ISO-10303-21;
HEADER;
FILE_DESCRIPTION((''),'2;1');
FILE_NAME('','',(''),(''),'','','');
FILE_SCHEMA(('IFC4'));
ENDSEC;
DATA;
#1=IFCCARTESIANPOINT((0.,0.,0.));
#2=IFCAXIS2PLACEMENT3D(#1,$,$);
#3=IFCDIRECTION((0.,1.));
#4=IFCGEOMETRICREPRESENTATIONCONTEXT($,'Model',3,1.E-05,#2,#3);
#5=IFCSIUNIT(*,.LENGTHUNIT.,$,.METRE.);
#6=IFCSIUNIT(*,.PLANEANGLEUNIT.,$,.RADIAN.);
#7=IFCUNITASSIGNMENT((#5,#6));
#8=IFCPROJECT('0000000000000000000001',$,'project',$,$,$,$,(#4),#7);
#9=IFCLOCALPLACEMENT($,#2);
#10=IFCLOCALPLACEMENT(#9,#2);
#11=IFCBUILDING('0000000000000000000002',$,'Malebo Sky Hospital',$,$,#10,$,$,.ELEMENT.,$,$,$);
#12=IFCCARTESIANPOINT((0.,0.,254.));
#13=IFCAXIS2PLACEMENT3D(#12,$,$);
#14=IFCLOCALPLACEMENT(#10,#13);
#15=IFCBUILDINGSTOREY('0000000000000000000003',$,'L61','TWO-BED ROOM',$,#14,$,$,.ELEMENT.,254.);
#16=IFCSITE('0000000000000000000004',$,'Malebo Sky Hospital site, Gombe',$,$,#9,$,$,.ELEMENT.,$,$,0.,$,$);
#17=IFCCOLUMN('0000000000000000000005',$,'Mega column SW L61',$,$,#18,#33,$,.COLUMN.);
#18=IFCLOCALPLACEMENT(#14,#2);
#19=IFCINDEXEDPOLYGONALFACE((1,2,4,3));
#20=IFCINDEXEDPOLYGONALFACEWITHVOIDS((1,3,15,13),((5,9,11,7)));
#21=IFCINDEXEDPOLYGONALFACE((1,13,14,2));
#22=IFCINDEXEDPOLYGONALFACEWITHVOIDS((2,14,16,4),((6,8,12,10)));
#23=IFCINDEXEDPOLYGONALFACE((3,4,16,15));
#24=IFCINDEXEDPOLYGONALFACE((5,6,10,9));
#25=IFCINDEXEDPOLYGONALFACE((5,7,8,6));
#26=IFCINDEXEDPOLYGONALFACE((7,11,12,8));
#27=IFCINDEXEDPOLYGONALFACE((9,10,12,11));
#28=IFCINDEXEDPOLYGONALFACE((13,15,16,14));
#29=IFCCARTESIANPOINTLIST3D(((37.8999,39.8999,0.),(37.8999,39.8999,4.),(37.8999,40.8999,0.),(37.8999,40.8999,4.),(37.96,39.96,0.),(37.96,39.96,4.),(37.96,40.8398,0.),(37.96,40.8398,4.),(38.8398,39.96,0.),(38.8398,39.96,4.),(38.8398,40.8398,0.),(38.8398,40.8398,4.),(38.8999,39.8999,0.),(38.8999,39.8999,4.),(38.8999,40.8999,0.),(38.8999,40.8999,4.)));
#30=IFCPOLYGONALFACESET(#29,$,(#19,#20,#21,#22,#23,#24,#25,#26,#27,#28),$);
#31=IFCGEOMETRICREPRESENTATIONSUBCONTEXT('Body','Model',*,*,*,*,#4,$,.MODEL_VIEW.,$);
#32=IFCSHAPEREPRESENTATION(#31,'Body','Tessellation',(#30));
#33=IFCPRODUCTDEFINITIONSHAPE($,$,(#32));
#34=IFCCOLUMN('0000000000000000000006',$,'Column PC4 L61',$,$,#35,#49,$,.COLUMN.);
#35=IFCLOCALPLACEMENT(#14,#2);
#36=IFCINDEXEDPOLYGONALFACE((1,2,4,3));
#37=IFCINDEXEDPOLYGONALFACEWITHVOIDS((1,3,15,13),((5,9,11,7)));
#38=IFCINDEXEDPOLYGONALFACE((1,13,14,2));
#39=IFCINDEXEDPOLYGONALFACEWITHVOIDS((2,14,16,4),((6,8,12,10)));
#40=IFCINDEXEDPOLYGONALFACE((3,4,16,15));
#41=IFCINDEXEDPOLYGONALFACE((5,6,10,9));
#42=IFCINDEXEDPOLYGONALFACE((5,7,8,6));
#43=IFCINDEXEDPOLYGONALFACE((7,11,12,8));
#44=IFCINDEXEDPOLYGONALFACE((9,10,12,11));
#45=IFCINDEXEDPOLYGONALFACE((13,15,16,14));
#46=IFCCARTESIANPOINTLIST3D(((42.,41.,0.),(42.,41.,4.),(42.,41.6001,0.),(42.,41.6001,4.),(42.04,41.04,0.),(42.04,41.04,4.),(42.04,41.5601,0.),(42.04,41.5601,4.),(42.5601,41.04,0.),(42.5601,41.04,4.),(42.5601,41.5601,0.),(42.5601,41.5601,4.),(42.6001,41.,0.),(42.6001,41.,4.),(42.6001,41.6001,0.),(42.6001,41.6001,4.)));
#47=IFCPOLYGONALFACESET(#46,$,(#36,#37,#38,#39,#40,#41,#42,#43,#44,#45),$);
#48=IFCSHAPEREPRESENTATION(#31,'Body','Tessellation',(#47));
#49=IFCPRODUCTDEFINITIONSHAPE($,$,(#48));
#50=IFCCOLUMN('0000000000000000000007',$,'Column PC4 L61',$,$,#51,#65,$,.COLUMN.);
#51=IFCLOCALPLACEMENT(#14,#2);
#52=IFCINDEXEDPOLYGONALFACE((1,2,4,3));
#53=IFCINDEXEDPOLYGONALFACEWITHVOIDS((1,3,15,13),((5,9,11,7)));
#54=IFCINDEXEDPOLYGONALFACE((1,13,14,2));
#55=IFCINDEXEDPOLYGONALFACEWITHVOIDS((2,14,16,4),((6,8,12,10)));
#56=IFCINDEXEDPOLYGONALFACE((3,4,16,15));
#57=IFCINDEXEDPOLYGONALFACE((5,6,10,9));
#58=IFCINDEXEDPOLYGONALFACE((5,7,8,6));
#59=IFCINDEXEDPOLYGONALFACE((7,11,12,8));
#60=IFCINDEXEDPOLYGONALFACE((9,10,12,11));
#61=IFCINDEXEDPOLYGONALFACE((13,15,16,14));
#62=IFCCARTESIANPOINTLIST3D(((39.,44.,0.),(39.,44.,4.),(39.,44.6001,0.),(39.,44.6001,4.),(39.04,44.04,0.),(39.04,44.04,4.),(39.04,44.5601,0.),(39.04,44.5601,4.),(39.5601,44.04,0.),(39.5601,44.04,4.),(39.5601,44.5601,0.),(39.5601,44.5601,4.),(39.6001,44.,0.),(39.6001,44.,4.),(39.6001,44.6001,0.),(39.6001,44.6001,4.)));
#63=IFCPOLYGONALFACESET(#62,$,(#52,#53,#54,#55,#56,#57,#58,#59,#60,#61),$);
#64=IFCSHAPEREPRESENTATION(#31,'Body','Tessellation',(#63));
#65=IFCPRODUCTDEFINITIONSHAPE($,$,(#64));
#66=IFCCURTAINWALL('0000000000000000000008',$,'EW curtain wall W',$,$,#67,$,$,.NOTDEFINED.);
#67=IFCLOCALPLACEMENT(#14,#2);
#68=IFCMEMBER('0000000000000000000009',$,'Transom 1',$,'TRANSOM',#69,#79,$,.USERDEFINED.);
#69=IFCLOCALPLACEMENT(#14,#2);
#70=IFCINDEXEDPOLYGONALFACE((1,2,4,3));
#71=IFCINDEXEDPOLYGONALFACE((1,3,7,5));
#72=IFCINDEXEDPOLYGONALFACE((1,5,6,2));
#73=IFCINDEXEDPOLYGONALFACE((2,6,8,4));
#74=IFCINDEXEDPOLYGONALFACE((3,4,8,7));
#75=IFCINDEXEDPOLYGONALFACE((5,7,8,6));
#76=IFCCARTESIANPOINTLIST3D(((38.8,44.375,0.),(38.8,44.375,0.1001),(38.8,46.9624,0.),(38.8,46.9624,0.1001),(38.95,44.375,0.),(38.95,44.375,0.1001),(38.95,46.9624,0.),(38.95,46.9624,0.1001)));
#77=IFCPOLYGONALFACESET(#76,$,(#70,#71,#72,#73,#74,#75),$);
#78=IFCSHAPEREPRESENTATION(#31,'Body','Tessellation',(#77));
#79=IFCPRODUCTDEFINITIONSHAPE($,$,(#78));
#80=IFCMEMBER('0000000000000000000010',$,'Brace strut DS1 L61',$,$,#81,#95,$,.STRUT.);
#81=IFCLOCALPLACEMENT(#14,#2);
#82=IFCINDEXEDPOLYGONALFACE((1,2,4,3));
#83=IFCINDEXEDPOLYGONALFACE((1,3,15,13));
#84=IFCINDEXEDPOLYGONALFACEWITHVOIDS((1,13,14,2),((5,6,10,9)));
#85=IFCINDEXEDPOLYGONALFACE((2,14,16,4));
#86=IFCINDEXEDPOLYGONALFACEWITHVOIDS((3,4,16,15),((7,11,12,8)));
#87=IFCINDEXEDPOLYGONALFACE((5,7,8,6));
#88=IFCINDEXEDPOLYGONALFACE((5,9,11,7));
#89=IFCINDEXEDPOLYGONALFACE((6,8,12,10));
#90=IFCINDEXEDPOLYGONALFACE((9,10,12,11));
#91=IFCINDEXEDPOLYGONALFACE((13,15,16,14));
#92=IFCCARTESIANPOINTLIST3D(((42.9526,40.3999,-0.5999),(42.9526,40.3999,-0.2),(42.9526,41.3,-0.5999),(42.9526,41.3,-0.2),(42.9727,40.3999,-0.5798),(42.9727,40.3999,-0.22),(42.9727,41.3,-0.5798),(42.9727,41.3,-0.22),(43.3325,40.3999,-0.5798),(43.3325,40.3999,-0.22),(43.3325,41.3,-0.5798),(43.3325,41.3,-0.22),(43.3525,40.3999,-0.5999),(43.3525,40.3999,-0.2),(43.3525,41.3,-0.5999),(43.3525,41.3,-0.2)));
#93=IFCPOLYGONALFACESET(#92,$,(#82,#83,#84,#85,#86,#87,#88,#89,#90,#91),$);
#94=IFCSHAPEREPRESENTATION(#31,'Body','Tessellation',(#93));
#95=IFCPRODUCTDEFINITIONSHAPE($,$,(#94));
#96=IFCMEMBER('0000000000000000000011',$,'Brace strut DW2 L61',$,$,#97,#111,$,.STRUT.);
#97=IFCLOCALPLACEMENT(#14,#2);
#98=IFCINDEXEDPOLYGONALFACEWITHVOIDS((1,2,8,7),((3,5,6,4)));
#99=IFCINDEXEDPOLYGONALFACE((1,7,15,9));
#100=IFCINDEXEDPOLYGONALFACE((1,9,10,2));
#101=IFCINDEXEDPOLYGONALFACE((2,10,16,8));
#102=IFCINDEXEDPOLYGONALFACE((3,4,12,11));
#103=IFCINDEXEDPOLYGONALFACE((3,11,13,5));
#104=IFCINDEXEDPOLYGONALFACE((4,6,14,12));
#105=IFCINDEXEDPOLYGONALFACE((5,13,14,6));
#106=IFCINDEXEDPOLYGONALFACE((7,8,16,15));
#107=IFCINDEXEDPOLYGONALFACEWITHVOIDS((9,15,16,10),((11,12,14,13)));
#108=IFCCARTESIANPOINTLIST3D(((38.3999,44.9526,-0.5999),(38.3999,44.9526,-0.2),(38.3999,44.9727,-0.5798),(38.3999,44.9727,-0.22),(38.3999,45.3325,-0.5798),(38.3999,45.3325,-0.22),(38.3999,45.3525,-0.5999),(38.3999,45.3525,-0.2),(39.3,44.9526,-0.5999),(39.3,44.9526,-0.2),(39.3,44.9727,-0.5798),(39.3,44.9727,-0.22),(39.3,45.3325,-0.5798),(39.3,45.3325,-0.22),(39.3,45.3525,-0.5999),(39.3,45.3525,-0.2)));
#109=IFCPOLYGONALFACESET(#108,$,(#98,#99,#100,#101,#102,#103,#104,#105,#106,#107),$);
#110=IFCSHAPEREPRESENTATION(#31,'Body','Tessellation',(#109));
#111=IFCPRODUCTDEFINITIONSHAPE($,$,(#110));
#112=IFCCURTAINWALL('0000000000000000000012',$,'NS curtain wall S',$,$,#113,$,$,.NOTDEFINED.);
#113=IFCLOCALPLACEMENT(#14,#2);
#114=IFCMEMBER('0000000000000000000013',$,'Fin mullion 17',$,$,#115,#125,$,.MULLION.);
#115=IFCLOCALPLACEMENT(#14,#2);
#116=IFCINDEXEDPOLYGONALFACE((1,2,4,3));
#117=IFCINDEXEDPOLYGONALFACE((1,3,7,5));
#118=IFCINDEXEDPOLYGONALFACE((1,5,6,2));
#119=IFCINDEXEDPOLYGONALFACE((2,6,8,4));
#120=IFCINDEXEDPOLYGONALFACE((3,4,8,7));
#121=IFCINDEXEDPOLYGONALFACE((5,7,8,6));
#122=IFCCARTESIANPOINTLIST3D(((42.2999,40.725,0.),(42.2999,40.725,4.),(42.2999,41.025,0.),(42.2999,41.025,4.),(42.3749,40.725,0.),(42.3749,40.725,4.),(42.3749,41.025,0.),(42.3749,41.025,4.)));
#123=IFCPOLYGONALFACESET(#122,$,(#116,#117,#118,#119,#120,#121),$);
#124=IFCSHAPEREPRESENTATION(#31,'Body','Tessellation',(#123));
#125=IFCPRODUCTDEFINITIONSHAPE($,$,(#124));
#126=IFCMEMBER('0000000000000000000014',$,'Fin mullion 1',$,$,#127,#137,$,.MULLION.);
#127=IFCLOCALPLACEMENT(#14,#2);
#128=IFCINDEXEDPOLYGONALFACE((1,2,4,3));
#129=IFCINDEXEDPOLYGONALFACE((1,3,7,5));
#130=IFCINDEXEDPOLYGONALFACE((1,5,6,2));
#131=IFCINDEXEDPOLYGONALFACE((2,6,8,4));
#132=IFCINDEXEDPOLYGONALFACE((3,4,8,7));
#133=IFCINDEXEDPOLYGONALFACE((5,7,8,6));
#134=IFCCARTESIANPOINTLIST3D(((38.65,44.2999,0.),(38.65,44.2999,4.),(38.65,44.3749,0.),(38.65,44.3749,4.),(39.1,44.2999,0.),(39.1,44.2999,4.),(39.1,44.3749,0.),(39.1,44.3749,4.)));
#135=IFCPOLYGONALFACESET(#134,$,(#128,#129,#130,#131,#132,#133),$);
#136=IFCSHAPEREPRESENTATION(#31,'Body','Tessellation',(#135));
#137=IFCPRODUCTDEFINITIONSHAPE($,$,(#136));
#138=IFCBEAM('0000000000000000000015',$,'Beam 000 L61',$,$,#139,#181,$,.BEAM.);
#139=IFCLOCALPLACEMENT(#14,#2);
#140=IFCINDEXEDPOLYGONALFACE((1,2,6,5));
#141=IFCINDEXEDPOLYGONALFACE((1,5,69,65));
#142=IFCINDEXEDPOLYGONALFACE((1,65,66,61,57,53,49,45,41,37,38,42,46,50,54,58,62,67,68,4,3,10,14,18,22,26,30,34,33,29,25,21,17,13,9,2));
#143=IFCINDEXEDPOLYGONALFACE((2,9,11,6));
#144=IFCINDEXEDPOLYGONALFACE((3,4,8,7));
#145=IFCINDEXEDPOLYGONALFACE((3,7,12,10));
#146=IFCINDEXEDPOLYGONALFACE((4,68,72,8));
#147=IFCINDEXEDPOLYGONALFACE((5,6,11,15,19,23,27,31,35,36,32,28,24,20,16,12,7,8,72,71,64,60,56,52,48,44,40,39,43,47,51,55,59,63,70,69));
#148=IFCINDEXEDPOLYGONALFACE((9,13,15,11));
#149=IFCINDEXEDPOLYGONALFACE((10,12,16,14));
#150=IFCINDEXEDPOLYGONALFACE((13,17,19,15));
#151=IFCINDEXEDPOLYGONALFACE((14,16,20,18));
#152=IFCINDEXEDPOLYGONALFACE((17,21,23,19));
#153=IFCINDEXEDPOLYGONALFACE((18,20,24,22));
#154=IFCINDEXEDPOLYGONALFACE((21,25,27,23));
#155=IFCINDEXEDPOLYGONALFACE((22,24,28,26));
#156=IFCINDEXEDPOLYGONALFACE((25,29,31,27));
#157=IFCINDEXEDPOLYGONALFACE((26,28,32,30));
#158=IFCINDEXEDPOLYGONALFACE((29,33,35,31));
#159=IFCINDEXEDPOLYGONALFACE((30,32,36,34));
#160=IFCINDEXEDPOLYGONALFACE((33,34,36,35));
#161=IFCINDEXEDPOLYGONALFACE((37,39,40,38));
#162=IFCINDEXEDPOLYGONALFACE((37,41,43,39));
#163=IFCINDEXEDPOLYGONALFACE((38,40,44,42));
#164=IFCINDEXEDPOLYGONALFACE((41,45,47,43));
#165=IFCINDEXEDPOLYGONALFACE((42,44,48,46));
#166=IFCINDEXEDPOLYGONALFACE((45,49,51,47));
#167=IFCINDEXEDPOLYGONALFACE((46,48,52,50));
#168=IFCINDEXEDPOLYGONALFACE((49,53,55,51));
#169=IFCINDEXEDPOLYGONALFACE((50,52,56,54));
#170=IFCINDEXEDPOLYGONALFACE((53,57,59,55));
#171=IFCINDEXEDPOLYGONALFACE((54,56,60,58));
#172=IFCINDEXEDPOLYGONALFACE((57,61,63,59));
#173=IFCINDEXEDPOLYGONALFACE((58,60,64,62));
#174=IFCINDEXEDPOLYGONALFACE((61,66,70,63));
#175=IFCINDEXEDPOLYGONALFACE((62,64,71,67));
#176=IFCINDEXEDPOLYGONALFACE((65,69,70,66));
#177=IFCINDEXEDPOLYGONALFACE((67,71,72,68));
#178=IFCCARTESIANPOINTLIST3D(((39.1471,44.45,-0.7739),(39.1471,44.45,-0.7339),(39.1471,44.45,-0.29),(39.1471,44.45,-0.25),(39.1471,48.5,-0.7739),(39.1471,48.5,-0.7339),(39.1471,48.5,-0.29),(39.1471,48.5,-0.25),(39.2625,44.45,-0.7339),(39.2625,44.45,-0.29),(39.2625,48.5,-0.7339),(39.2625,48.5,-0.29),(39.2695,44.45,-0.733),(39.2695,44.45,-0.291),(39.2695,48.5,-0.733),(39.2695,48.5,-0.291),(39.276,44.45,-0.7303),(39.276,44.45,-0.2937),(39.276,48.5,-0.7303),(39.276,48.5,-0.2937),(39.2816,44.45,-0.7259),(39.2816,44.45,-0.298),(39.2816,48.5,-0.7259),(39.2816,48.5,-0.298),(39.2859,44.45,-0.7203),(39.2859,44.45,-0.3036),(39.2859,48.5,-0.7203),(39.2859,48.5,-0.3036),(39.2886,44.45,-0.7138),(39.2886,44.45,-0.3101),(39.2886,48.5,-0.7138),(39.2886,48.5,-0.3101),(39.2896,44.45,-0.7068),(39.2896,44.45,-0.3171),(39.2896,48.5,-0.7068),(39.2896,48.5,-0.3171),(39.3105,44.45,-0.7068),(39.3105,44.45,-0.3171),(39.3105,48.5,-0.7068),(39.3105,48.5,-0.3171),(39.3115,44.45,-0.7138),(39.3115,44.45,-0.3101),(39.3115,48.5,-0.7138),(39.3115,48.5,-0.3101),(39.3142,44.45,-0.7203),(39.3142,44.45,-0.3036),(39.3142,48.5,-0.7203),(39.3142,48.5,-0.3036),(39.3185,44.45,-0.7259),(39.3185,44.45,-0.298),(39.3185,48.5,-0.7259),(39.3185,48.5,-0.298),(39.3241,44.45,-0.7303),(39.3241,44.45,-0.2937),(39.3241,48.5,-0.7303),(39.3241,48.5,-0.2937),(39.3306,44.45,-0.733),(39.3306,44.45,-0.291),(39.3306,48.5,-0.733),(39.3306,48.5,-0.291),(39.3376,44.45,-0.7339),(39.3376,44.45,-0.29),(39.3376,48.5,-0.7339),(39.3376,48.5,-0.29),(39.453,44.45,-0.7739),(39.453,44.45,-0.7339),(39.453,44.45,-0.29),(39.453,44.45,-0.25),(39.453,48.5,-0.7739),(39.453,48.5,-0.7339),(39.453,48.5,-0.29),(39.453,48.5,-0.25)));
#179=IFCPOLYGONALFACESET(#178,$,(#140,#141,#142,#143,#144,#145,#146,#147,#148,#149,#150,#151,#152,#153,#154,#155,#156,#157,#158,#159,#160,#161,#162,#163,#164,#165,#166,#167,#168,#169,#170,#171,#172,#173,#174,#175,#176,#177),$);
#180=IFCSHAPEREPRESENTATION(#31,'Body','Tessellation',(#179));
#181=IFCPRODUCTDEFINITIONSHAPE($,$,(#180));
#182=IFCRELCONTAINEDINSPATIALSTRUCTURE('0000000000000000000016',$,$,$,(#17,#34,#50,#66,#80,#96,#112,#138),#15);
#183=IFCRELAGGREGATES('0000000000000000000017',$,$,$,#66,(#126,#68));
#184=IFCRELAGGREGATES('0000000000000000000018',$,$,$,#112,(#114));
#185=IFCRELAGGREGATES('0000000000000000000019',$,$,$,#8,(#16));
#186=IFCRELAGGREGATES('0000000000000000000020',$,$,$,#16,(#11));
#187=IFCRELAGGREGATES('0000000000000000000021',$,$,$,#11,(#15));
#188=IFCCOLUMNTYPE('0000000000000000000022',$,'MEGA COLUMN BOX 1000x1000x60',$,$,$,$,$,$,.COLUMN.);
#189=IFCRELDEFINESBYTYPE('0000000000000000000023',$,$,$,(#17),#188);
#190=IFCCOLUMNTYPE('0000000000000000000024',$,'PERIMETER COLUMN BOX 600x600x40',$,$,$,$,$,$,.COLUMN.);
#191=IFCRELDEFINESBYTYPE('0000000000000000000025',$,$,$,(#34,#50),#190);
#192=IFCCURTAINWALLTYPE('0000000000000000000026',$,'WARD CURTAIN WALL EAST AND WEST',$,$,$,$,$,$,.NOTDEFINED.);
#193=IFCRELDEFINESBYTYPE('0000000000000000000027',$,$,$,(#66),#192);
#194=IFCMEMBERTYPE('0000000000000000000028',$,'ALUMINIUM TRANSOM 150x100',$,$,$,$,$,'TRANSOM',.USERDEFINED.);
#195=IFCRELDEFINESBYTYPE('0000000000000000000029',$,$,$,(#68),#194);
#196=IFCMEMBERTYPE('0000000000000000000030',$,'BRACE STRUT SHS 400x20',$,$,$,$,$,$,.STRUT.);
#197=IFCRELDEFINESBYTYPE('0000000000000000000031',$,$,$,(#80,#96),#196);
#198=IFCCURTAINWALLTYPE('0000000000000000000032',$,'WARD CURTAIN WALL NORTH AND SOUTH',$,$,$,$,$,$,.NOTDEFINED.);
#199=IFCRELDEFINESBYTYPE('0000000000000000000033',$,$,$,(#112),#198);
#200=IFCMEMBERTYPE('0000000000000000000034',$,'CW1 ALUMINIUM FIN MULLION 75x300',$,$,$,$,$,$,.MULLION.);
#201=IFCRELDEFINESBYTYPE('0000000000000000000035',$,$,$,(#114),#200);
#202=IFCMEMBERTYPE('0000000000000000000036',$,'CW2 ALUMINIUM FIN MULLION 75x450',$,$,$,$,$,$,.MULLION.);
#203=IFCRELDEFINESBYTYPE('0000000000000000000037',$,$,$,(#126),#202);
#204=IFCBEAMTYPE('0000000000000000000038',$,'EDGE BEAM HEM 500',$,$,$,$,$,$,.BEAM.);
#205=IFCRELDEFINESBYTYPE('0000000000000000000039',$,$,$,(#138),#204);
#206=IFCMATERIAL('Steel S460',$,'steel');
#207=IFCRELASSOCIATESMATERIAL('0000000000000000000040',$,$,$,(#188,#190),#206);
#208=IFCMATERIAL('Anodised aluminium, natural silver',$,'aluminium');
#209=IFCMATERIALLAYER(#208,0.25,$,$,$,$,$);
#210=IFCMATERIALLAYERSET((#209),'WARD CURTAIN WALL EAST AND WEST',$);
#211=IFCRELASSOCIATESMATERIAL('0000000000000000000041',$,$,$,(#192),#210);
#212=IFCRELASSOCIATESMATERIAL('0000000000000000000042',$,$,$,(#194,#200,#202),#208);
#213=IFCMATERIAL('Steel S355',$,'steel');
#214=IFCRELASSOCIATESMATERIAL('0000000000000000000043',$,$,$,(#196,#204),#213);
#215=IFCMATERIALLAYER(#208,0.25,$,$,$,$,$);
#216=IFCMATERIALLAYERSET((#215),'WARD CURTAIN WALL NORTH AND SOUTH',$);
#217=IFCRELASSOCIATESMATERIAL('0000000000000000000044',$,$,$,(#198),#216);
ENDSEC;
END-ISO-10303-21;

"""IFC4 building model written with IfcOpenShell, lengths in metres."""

from ifc_helpers import new_model, si_unit, direction, frame, origin, origin_2d, place, context, subcontext, project, spatial, rectangle, hollow_rectangle, i_section, extrude, material, layer, layer_set, material_profile, profile_set, type_object, element, aggregate, save


model = new_model("IFC4")

# Units and contexts
model_context = context("Model", 3, precision=1e-05, world=origin(), true_north=direction((0.0, 1.0)))
body_context = subcontext(model_context, "Body", "Model", "MODEL_VIEW")
ifc_project = project(units=[si_unit("LENGTHUNIT", "METRE"), si_unit("PLANEANGLEUNIT", "RADIAN")], contexts=[model_context])

# Site, building, storey
site_placement = place(None, origin())
site = spatial("IfcSite", under=ifc_project, at=site_placement, Name="Malebo Sky Hospital site, Gombe", CompositionType="ELEMENT", RefElevation=0.0)
building_placement = place(site_placement, origin())
building = spatial("IfcBuilding", under=site, at=building_placement, Name="Malebo Sky Hospital", CompositionType="ELEMENT")
storey_placement = place(building_placement, frame((0.0, 0.0, 254.0)))
storey = spatial("IfcBuildingStorey", under=building, at=storey_placement, Name="L61", Description="TWO-BED ROOM", CompositionType="ELEMENT", Elevation=254.0)

# Columns
ifc_material_1 = material(Name="Steel S460", Category="steel")
ifc_material_profile_1 = material_profile(ifc_material_1, hollow_rectangle(XDim=1.0, YDim=1.0, WallThickness=0.0601, at=origin_2d()), Name="BOX 1000x1000x60")
ifc_profile_set_1 = profile_set([ifc_material_profile_1], Name="Steel S460")
column_type_1 = type_object("IfcColumnType", Name="MEGA COLUMN BOX 1000x1000x60", PredefinedType="COLUMN", material=ifc_profile_set_1)
column_placement = place(storey_placement, frame((38.3999, 40.3999, 0.0), z_axis=(0.0, 0.0, 1.0), x_axis=(1.0, 0.0, 0.0)))
element("IfcColumn", 1, at=column_placement, inside=storey, type_object=column_type_1, Name="Mega column SW L61", PredefinedType="COLUMN", context=body_context, shape_type="SweptSolid", body=[
    extrude(hollow_rectangle(XDim=1.0, YDim=1.0, WallThickness=0.0601, at=origin_2d()), origin(), (0.0, 0.0, 1.0), 4.0),
])
ifc_material_profile_2 = material_profile(ifc_material_1, hollow_rectangle(XDim=0.6001, YDim=0.6001, WallThickness=0.04, at=origin_2d()), Name="BOX 600x600x40")
ifc_profile_set_2 = profile_set([ifc_material_profile_2], Name="Steel S460")
column_type_2 = type_object("IfcColumnType", Name="PERIMETER COLUMN BOX 600x600x40", PredefinedType="COLUMN", material=ifc_profile_set_2)
for number, where, z_axis, x_axis, name in (
    (2, (42.3, 41.3, 0.0), (0.0, 0.0, 1.0), (1.0, 0.0, 0.0), "Column PC4 L61"),
    (3, (39.3, 44.3, 0.0), (0.0, 0.0, 1.0), (1.0, 0.0, 0.0), "Column PC4 L61"),
):
    element("IfcColumn", number, at=place(storey_placement, frame(where, z_axis=z_axis, x_axis=x_axis)), inside=storey, type_object=column_type_2, Name=name, PredefinedType="COLUMN", context=body_context, shape_type="SweptSolid", body=[
        extrude(hollow_rectangle(XDim=0.6001, YDim=0.6001, WallThickness=0.04, at=origin_2d()), origin(), (0.0, 0.0, 1.0), 4.0),
    ])

# Curtain wall, member
ifc_material_2 = material(Name="Anodised aluminium, natural silver", Category="aluminium")
ifc_layer_1 = layer(ifc_material_2, 0.25)
ifc_layer_set_1 = layer_set([ifc_layer_1], Name="WARD CURTAIN WALL EAST AND WEST")
curtain_wall_type_1 = type_object("IfcCurtainWallType", Name="WARD CURTAIN WALL EAST AND WEST", PredefinedType="NOTDEFINED", material=ifc_layer_set_1)
curtain_wall_1_placement = place(storey_placement, origin())
curtain_wall_1 = element("IfcCurtainWall", 4, at=curtain_wall_1_placement, inside=storey, type_object=curtain_wall_type_1, Name="EW curtain wall W", PredefinedType="NOTDEFINED")
ifc_material_profile_3 = material_profile(ifc_material_2, rectangle(XDim=0.1499, YDim=0.1001, at=origin_2d()), Name="ALUMINIUM TRANSOM 150x100")
ifc_profile_set_3 = profile_set([ifc_material_profile_3], Name="Anodised aluminium, natural silver")
member_type_1 = type_object("IfcMemberType", Name="ALUMINIUM TRANSOM 150x100", ElementType="TRANSOM", PredefinedType="USERDEFINED", material=ifc_profile_set_3)
member_1_placement = place(storey_placement, frame((38.875, 44.375, 0.05), z_axis=(0.0, 1.0, 0.0), x_axis=(-1.0, 0.0, 0.0)))
member_1 = element("IfcMember", 5, at=member_1_placement, type_object=member_type_1, Name="Transom 1", ObjectType="TRANSOM", PredefinedType="USERDEFINED", context=body_context, shape_type="SweptSolid", body=[
    extrude(rectangle(XDim=0.1499, YDim=0.1001, at=origin_2d()), origin(), (0.0, 0.0, 1.0), 2.5874),
])

# Members
ifc_material_3 = material(Name="Steel S355", Category="steel")
ifc_material_profile_4 = material_profile(ifc_material_3, hollow_rectangle(XDim=0.3999, YDim=0.3999, WallThickness=0.02, at=origin_2d()), Name="SHS 400x20")
ifc_profile_set_4 = profile_set([ifc_material_profile_4], Name="Steel S355")
member_type_2 = type_object("IfcMemberType", Name="BRACE STRUT SHS 400x20", PredefinedType="STRUT", material=ifc_profile_set_4)
for number, where, z_axis, x_axis, name in (
    (6, (43.1526, 40.3999, -0.3999), (0.0, 1.0, 0.0), (-1.0, 0.0, 0.0), "Brace strut DS1 L61"),
    (7, (38.3999, 45.1526, -0.3999), (1.0, 0.0, 0.0), (0.0, 1.0, 0.0), "Brace strut DW2 L61"),
):
    element("IfcMember", number, at=place(storey_placement, frame(where, z_axis=z_axis, x_axis=x_axis)), inside=storey, type_object=member_type_2, Name=name, PredefinedType="STRUT", context=body_context, shape_type="SweptSolid", body=[
        extrude(hollow_rectangle(XDim=0.3999, YDim=0.3999, WallThickness=0.02, at=origin_2d()), origin(), (0.0, 0.0, 1.0), 0.9001),
    ])

# Curtain wall, member
ifc_layer_2 = layer(ifc_material_2, 0.25)
ifc_layer_set_2 = layer_set([ifc_layer_2], Name="WARD CURTAIN WALL NORTH AND SOUTH")
curtain_wall_type_2 = type_object("IfcCurtainWallType", Name="WARD CURTAIN WALL NORTH AND SOUTH", PredefinedType="NOTDEFINED", material=ifc_layer_set_2)
curtain_wall_2_placement = place(storey_placement, origin())
curtain_wall_2 = element("IfcCurtainWall", 8, at=curtain_wall_2_placement, inside=storey, type_object=curtain_wall_type_2, Name="NS curtain wall S", PredefinedType="NOTDEFINED")
ifc_material_profile_5 = material_profile(ifc_material_2, rectangle(XDim=0.075, YDim=0.3, at=origin_2d()), Name="CW1 ALUMINIUM FIN MULLION 75x300")
ifc_profile_set_5 = profile_set([ifc_material_profile_5], Name="Anodised aluminium, natural silver")
member_type_3 = type_object("IfcMemberType", Name="CW1 ALUMINIUM FIN MULLION 75x300", PredefinedType="MULLION", material=ifc_profile_set_5)
member_2_placement = place(storey_placement, frame((42.3374, 40.875, 0.0), z_axis=(0.0, 0.0, 1.0), x_axis=(-1.0, 0.0, 0.0)))
member_2 = element("IfcMember", 9, at=member_2_placement, type_object=member_type_3, Name="Fin mullion 17", PredefinedType="MULLION", context=body_context, shape_type="SweptSolid", body=[
    extrude(rectangle(XDim=0.075, YDim=0.3, at=origin_2d()), origin(), (0.0, 0.0, 1.0), 4.0),
])

# Member
ifc_material_profile_6 = material_profile(ifc_material_2, rectangle(XDim=0.075, YDim=0.45, at=origin_2d()), Name="CW2 ALUMINIUM FIN MULLION 75x450")
ifc_profile_set_6 = profile_set([ifc_material_profile_6], Name="Anodised aluminium, natural silver")
member_type_4 = type_object("IfcMemberType", Name="CW2 ALUMINIUM FIN MULLION 75x450", PredefinedType="MULLION", material=ifc_profile_set_6)
member_3_placement = place(storey_placement, frame((38.875, 44.3374, 0.0), z_axis=(0.0, 0.0, 1.0), x_axis=(0.0, 1.0, 0.0)))
member_3 = element("IfcMember", 10, at=member_3_placement, type_object=member_type_4, Name="Fin mullion 1", PredefinedType="MULLION", context=body_context, shape_type="SweptSolid", body=[
    extrude(rectangle(XDim=0.075, YDim=0.45, at=origin_2d()), origin(), (0.0, 0.0, 1.0), 4.0),
])

# Beam
ifc_material_profile_7 = material_profile(ifc_material_3, i_section(OverallWidth=0.3059, OverallDepth=0.5239, WebThickness=0.021, FlangeThickness=0.04, FilletRadius=0.0271, at=origin_2d()), Name="HEM 500")
ifc_profile_set_7 = profile_set([ifc_material_profile_7], Name="Steel S355")
beam_type_1 = type_object("IfcBeamType", Name="EDGE BEAM HEM 500", PredefinedType="BEAM", material=ifc_profile_set_7)
for number, where, z_axis, x_axis, name in (
    (11, (39.3, 44.45, -0.512), (0.0, 1.0, 0.0), (-1.0, 0.0, 0.0), "Beam 000 L61"),
):
    element("IfcBeam", number, at=place(storey_placement, frame(where, z_axis=z_axis, x_axis=x_axis)), inside=storey, type_object=beam_type_1, Name=name, PredefinedType="BEAM", context=body_context, shape_type="SweptSolid", body=[
        extrude(i_section(OverallWidth=0.3059, OverallDepth=0.5239, WebThickness=0.021, FlangeThickness=0.04, FilletRadius=0.0271, at=origin_2d()), origin(), (0.0, 0.0, 1.0), 4.05),
    ])

aggregate(curtain_wall_1, [member_3, member_1])
aggregate(curtain_wall_2, [member_2])

save(model, "model.ifc")
